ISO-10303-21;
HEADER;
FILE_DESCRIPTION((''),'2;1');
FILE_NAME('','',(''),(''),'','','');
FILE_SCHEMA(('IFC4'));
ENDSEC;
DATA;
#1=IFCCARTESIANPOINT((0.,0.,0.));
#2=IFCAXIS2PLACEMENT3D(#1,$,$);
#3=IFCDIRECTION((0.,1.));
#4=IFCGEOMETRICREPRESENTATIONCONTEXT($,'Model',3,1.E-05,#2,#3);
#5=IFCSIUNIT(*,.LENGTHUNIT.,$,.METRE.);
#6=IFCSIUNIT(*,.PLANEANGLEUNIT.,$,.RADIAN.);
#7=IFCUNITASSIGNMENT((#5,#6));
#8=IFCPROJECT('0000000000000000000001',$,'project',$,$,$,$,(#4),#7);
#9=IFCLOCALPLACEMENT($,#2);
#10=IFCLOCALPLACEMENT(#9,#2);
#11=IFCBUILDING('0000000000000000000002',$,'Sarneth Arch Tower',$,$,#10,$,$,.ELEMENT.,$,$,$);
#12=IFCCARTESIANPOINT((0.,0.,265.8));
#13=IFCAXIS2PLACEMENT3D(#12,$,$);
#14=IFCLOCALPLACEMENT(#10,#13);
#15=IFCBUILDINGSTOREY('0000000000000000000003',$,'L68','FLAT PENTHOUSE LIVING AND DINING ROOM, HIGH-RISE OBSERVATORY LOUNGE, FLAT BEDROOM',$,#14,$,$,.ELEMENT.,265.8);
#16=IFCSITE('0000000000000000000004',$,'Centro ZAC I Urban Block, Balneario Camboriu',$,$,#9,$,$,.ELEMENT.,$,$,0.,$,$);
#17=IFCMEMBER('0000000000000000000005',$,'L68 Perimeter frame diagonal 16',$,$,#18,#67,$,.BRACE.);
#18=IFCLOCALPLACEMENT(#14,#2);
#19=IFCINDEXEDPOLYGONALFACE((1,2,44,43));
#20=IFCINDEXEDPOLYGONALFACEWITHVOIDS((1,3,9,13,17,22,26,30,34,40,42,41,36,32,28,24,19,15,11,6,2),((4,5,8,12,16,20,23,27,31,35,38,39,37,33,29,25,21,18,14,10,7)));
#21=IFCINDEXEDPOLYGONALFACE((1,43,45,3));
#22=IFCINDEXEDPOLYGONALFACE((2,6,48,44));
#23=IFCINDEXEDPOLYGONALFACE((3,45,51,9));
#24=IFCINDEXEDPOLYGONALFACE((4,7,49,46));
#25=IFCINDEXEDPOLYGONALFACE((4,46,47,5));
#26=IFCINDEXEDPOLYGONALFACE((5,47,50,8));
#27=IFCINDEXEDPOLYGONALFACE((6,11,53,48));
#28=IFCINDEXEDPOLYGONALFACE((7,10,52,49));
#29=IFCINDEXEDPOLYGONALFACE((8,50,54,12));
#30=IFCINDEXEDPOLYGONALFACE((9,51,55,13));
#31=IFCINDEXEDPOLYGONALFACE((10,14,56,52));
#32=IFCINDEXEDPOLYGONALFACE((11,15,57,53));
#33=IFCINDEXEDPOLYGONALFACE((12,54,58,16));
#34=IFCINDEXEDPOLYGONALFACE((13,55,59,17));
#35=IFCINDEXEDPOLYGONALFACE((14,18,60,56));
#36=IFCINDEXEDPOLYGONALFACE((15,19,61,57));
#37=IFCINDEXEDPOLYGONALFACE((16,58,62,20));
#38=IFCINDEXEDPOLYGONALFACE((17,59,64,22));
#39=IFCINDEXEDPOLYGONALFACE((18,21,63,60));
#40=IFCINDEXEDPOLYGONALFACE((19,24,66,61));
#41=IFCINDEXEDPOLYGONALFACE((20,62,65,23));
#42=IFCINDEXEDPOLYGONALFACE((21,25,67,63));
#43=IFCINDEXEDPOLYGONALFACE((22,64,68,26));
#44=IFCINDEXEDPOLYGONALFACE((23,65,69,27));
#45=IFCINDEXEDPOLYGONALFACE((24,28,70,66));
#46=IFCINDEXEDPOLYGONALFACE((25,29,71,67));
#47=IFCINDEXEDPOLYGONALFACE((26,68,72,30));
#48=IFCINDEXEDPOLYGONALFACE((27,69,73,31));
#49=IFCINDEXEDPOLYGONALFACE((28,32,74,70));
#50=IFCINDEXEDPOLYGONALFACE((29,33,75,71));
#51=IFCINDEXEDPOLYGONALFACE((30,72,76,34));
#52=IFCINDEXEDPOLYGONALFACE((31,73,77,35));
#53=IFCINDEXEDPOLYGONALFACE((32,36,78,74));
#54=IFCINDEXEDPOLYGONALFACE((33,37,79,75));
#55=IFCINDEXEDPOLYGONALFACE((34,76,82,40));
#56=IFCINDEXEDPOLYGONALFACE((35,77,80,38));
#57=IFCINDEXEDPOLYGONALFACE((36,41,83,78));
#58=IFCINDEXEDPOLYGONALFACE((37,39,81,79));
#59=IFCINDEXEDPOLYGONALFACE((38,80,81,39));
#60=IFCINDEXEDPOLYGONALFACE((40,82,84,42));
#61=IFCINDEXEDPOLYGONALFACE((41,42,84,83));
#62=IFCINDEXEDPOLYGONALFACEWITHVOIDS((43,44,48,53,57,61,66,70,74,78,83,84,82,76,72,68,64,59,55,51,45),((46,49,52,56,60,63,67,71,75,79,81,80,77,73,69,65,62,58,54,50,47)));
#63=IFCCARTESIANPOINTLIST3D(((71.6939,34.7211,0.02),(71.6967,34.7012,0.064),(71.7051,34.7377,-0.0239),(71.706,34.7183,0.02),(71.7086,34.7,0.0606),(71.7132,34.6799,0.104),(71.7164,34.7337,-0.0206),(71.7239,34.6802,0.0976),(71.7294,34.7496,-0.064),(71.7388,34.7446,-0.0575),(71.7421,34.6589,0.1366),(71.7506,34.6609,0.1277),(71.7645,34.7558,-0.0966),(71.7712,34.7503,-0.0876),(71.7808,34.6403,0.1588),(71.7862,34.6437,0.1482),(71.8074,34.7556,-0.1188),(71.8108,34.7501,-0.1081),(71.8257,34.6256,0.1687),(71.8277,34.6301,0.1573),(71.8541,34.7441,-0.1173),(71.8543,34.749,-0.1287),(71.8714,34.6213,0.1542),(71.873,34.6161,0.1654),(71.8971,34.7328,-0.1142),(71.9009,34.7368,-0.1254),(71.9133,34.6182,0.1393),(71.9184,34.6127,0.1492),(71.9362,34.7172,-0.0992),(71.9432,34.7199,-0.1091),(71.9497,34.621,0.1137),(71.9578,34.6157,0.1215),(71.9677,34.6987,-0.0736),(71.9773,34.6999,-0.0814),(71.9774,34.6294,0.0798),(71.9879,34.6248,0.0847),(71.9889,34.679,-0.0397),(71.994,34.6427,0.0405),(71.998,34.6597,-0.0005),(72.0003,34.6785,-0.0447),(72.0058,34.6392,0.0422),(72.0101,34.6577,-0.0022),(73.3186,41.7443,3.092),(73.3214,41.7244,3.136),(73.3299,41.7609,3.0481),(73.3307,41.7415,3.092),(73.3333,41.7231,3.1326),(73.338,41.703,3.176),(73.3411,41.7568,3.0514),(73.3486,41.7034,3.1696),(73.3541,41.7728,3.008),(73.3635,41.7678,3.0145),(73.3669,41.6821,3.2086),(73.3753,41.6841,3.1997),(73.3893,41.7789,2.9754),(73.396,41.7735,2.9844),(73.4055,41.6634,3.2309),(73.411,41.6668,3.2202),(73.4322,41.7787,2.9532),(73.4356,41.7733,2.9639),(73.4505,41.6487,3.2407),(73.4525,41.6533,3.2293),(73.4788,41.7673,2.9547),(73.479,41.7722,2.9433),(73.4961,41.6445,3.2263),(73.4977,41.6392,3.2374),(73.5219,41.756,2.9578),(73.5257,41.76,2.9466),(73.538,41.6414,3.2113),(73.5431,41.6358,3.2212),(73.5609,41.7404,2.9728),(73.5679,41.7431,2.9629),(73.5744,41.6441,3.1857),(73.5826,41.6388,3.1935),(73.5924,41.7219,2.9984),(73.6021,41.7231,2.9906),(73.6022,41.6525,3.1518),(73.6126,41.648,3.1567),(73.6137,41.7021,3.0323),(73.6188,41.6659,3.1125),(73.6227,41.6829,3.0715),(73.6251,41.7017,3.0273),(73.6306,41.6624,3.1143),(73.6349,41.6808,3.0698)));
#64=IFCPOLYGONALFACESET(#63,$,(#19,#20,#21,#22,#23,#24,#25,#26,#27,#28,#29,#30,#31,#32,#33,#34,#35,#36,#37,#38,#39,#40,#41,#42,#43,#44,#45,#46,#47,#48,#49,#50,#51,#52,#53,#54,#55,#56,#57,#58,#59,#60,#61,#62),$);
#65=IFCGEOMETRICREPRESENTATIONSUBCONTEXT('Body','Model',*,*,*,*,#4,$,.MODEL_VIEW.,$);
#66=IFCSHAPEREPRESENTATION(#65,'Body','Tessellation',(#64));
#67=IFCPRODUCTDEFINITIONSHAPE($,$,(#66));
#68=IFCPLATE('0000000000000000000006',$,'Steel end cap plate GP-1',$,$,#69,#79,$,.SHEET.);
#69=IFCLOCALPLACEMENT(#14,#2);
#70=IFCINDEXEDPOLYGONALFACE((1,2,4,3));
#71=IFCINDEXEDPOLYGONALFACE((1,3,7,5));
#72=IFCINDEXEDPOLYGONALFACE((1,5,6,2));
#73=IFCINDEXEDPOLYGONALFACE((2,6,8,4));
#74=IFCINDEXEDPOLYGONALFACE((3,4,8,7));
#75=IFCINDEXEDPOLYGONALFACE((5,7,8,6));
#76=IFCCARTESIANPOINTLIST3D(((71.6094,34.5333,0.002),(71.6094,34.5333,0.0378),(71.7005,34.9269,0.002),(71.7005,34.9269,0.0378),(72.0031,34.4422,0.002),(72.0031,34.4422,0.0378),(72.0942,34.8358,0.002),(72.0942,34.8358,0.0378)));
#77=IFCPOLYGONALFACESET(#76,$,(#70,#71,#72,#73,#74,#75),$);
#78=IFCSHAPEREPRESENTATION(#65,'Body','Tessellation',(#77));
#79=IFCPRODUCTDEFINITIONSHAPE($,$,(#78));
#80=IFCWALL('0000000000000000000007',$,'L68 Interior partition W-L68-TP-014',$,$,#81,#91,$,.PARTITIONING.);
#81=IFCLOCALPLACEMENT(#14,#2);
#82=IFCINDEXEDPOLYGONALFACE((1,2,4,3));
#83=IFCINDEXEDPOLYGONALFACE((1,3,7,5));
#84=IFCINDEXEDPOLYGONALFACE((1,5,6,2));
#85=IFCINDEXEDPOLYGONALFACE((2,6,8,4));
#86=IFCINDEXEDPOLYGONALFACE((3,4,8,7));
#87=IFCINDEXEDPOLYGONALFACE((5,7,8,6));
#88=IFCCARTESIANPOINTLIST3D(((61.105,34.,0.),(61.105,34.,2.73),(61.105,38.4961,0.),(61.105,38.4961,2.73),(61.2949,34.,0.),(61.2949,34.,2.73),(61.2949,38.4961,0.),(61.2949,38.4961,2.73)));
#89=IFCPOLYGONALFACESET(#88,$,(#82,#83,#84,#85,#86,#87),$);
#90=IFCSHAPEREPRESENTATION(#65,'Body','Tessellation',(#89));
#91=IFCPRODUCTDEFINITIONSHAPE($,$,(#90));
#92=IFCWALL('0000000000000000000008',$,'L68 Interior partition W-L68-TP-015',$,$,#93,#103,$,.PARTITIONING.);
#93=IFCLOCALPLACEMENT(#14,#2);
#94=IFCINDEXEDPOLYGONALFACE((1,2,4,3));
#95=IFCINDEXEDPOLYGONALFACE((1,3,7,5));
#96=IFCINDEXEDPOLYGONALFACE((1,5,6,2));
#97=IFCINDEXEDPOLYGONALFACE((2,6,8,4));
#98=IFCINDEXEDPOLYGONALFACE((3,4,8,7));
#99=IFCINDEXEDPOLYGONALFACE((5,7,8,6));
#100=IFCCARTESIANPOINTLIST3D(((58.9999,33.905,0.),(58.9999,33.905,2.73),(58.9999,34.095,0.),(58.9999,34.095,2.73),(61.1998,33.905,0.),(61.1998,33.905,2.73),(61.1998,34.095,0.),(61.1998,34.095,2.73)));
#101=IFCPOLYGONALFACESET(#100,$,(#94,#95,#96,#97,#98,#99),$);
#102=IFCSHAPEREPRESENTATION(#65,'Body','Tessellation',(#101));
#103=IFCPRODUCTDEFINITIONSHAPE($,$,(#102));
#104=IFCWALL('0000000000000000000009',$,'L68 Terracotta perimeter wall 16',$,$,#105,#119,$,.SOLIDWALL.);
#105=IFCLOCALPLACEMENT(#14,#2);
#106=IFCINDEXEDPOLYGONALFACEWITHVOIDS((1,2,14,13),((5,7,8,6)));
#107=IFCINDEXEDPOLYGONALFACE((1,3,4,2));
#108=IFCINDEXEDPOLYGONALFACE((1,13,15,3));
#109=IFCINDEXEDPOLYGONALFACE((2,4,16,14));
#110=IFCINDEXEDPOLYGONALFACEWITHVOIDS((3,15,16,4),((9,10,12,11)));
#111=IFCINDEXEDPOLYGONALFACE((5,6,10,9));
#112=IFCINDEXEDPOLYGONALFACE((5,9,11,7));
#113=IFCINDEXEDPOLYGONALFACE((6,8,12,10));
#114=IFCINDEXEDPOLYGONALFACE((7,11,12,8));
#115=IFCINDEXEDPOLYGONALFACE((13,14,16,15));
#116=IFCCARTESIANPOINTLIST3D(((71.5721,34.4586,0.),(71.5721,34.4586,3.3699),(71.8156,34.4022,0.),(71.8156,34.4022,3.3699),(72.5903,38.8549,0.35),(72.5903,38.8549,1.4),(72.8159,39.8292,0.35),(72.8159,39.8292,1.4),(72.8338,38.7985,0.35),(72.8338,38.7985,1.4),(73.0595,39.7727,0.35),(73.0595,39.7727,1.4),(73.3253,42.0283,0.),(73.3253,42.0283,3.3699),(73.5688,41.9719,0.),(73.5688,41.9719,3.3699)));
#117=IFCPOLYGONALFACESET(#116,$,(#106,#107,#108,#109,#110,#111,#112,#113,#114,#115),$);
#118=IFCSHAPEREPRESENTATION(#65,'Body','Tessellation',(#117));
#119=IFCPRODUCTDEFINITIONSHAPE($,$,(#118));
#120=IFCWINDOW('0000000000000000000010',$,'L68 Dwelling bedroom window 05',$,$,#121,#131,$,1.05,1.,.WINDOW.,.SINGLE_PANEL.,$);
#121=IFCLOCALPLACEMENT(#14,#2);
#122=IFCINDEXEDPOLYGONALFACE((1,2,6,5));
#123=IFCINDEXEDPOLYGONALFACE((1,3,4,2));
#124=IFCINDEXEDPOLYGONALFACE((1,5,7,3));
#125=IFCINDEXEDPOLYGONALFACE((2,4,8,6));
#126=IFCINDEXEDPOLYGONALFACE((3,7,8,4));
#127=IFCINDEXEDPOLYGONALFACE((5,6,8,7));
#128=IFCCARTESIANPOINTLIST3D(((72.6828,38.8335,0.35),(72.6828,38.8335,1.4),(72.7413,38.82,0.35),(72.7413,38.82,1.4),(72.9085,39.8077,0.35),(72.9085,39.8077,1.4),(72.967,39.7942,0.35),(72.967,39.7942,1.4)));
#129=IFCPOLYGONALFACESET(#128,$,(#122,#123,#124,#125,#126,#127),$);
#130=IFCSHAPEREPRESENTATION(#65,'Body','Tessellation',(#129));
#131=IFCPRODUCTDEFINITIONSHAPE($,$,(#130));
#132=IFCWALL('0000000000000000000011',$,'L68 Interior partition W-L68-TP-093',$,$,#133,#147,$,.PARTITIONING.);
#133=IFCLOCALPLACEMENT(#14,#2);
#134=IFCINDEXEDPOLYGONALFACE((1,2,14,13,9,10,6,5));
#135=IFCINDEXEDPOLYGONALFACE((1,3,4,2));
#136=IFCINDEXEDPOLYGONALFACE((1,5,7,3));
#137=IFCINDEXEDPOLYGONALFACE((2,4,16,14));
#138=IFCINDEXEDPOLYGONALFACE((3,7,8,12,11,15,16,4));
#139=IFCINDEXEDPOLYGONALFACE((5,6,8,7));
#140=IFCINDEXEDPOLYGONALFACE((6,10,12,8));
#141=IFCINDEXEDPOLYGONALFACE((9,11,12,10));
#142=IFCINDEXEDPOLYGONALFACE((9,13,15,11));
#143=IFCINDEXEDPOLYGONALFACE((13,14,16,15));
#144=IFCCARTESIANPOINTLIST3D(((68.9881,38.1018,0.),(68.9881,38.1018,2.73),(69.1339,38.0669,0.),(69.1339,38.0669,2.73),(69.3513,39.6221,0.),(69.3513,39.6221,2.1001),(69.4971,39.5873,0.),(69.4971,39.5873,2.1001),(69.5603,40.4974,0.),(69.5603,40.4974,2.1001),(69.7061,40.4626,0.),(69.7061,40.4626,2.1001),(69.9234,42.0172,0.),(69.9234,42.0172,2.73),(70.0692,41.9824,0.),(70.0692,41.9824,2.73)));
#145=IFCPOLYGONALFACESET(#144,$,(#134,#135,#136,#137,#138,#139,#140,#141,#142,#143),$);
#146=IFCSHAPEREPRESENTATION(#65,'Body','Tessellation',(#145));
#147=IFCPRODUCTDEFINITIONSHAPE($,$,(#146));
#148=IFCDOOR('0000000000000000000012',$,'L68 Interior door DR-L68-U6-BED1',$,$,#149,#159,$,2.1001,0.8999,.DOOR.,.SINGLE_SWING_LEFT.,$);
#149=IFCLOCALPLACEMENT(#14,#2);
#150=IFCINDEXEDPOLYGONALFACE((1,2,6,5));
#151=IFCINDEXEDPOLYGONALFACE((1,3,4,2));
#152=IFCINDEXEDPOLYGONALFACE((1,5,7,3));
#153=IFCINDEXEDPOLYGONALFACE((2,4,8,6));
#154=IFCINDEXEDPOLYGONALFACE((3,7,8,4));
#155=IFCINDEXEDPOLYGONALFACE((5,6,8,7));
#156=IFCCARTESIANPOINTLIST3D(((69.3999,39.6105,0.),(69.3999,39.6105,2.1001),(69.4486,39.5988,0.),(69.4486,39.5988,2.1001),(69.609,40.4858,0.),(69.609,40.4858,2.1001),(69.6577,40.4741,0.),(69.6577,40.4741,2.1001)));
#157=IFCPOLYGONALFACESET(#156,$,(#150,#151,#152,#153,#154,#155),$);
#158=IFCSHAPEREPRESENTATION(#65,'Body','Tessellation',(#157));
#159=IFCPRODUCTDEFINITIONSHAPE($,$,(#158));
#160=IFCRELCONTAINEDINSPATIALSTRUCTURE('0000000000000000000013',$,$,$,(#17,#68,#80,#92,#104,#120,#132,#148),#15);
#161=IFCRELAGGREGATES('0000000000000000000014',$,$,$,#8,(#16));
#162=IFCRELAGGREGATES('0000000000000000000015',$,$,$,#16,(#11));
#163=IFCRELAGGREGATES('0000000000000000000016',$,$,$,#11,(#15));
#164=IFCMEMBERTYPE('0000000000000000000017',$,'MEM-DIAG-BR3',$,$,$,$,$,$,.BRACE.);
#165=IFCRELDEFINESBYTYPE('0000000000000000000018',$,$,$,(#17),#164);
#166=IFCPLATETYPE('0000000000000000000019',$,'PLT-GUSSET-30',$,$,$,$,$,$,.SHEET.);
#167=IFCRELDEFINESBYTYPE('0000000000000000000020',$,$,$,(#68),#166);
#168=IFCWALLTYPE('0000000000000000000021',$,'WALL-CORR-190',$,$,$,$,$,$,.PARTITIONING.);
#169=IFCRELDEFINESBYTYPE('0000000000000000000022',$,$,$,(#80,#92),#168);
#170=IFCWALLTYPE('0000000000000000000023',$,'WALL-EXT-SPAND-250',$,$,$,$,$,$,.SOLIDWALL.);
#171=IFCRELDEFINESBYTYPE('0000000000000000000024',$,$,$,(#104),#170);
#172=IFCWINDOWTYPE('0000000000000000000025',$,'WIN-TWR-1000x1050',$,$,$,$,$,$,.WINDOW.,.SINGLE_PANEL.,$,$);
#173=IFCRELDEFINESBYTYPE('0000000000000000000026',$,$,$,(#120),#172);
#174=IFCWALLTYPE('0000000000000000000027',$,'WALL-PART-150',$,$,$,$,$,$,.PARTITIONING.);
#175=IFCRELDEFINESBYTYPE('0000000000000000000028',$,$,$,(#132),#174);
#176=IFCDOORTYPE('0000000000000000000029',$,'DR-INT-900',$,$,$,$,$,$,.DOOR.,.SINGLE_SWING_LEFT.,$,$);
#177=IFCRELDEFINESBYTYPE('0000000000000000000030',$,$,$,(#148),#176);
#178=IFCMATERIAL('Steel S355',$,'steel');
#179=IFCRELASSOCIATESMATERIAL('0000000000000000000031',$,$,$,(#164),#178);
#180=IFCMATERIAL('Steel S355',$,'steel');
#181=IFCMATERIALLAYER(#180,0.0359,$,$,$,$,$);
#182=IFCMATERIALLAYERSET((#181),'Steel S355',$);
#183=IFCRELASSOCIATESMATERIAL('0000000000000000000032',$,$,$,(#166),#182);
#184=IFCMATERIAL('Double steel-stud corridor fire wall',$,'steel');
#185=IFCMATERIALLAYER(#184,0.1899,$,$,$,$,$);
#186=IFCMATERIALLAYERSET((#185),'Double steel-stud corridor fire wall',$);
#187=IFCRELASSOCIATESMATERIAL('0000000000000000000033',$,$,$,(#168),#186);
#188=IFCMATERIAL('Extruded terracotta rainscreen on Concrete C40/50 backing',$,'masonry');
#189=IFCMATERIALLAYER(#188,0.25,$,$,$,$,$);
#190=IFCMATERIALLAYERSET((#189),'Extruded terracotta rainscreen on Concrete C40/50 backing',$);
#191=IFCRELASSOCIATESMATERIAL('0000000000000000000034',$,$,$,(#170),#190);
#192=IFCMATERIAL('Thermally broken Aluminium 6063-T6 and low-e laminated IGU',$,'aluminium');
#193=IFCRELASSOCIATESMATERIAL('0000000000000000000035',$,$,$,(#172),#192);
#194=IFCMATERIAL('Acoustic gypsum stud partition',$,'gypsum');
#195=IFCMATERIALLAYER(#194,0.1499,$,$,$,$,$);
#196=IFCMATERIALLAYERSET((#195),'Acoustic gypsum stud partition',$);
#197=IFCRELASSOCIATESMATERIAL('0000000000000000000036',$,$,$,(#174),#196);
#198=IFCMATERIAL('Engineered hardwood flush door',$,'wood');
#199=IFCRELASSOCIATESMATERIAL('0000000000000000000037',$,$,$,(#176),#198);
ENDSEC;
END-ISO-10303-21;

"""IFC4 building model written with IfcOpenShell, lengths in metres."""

from ifc_helpers import new_model, si_unit, direction, frame, frame_2d, origin, origin_2d, place, context, subcontext, project, spatial, rectangle, hollow_circle, extrude, material, layer, layer_set, material_profile, profile_set, type_object, element, fill, save


model = new_model("IFC4")

# Units and contexts
model_context = context("Model", 3, precision=1e-05, world=origin(), true_north=direction((0.0, 1.0)))
body_context = subcontext(model_context, "Body", "Model", "MODEL_VIEW")
ifc_project = project(units=[si_unit("LENGTHUNIT", "METRE"), si_unit("PLANEANGLEUNIT", "RADIAN")], contexts=[model_context])

# Site, building, storey
site_placement = place(None, origin())
site = spatial("IfcSite", under=ifc_project, at=site_placement, Name="Centro ZAC I Urban Block, Balneario Camboriu", CompositionType="ELEMENT", RefElevation=0.0)
building_placement = place(site_placement, origin())
building = spatial("IfcBuilding", under=site, at=building_placement, Name="Sarneth Arch Tower", CompositionType="ELEMENT")
storey_placement = place(building_placement, frame((0.0, 0.0, 265.8)))
storey = spatial("IfcBuildingStorey", under=building, at=storey_placement, Name="L68", Description="FLAT PENTHOUSE LIVING AND DINING ROOM, HIGH-RISE OBSERVATORY LOUNGE, FLAT BEDROOM", CompositionType="ELEMENT", Elevation=265.8)

# Member
ifc_material_1 = material(Name="Steel S355", Category="steel")
ifc_material_profile_1 = material_profile(ifc_material_1, hollow_circle(Radius=0.1621, WallThickness=0.0125, at=origin_2d()), Name="CHS324x12.5")
ifc_profile_set_1 = profile_set([ifc_material_profile_1], Name="Steel S355")
member_type = type_object("IfcMemberType", Name="MEM-DIAG-BR3", PredefinedType="BRACE", material=ifc_profile_set_1)
member_placement = place(storey_placement, frame((71.8518, 34.6846, 0.02), z_axis=(0.207346, 0.896276, 0.392041), x_axis=(-0.974269, 0.225389, 0.0)))
element("IfcMember", 1, at=member_placement, inside=storey, type_object=member_type, Name="L68 Perimeter frame diagonal 16", PredefinedType="BRACE", context=body_context, shape_type="SweptSolid", body=[
    extrude(hollow_circle(Radius=0.1621, WallThickness=0.0125, at=origin_2d()), origin(), (0.0, 0.0, 1.0), 7.8359),
])

# Plate
ifc_material_2 = material(Name="Steel S355", Category="steel")
ifc_layer_1 = layer(ifc_material_2, 0.0359)
ifc_layer_set_1 = layer_set([ifc_layer_1], Name="Steel S355")
plate_type = type_object("IfcPlateType", Name="PLT-GUSSET-30", PredefinedType="SHEET", material=ifc_layer_set_1)
plate_placement = place(storey_placement, frame((71.8518, 34.6846, 0.002), z_axis=(0.0, 0.0, 1.0), x_axis=(0.225461, 0.974252, 0.0)))
element("IfcPlate", 2, at=plate_placement, inside=storey, type_object=plate_type, Name="Steel end cap plate GP-1", PredefinedType="SHEET", context=body_context, shape_type="SweptSolid", body=[
    extrude(rectangle(XDim=0.4041, YDim=0.4041, at=origin_2d()), origin(), (0.0, 0.0, 1.0), 0.0359),
])

# Walls
ifc_material_3 = material(Name="Double steel-stud corridor fire wall", Category="steel")
ifc_layer_2 = layer(ifc_material_3, 0.1899)
ifc_layer_set_2 = layer_set([ifc_layer_2], Name="Double steel-stud corridor fire wall")
wall_type_1 = type_object("IfcWallType", Name="WALL-CORR-190", PredefinedType="PARTITIONING", material=ifc_layer_set_2)
wall_1_placement = place(storey_placement, frame((61.2, 38.4961, 0.0), z_axis=(0.0, 0.0, 1.0), x_axis=(0.0, -1.0, 0.0)))
element("IfcWall", 3, at=wall_1_placement, inside=storey, type_object=wall_type_1, Name="L68 Interior partition W-L68-TP-014", PredefinedType="PARTITIONING", context=body_context, shape_type="SweptSolid", body=[
    extrude(rectangle(XDim=4.4961, YDim=0.1899, at=frame_2d((2.248, 0.0))), origin(), (0.0, 0.0, 1.0), 2.73),
])
wall_2_placement = place(storey_placement, frame((61.2, 34.0, 0.0), z_axis=(0.0, 0.0, 1.0), x_axis=(-1.0, 0.0, 0.0)))
element("IfcWall", 4, at=wall_2_placement, inside=storey, type_object=wall_type_1, Name="L68 Interior partition W-L68-TP-015", PredefinedType="PARTITIONING", context=body_context, shape_type="SweptSolid", body=[
    extrude(rectangle(XDim=2.2, YDim=0.1899, at=frame_2d((1.1001, 0.0))), origin(), (0.0, 0.0, 1.0), 2.73),
])

# Wall, opening, window
ifc_material_4 = material(Name="Extruded terracotta rainscreen on Concrete C40/50 backing", Category="masonry")
ifc_layer_3 = layer(ifc_material_4, 0.25)
ifc_layer_set_3 = layer_set([ifc_layer_3], Name="Extruded terracotta rainscreen on Concrete C40/50 backing")
wall_type_2 = type_object("IfcWallType", Name="WALL-EXT-SPAND-250", PredefinedType="SOLIDWALL", material=ifc_layer_set_3)
wall_3_placement = place(storey_placement, frame((71.6938, 34.4304, 0.0), z_axis=(0.0, 0.0, 1.0), x_axis=(0.225635, 0.974212, 0.0)))
wall_3 = element("IfcWall", 5, at=wall_3_placement, inside=storey, type_object=wall_type_2, Name="L68 Terracotta perimeter wall 16", PredefinedType="SOLIDWALL", context=body_context, shape_type="SweptSolid", body=[
    extrude(rectangle(XDim=7.77, YDim=0.25, at=frame_2d((3.885, 0.0))), origin(), (0.0, 0.0, 1.0), 3.3699),
])
opening_1_placement = place(wall_3_placement, frame((4.5127, 0.0, 0.3501)))
opening_1 = element("IfcOpeningElement", 6, at=opening_1_placement, cuts=wall_3, PredefinedType="OPENING", context=body_context, shape_type="SweptSolid", body=[
    extrude(rectangle(XDim=1.0, YDim=1.05, at=frame_2d((0.5, 0.5249))), frame((0.0, 0.135, 0.0), z_axis=(0.0, -1.0, 0.0), x_axis=(1.0, 0.0, 0.0)), (0.0, 0.0, 1.0), 0.27),
])
ifc_material_5 = material(Name="Thermally broken Aluminium 6063-T6 and low-e laminated IGU", Category="aluminium")
window_type = type_object("IfcWindowType", Name="WIN-TWR-1000x1050", PartitioningType="SINGLE_PANEL", PredefinedType="WINDOW", material=ifc_material_5)
window_placement = place(opening_1_placement, origin())
window = element("IfcWindow", 7, at=window_placement, inside=storey, type_object=window_type, Name="L68 Dwelling bedroom window 05", OverallHeight=1.05, OverallWidth=1.0, PartitioningType="SINGLE_PANEL", PredefinedType="WINDOW", context=body_context, shape_type="SweptSolid", body=[
    extrude(rectangle(XDim=1.0, YDim=1.05, at=frame_2d((0.5, 0.5249))), frame((0.0, 0.03, 0.0), z_axis=(0.0, -1.0, 0.0), x_axis=(1.0, 0.0, 0.0)), (0.0, 0.0, 1.0), 0.0601),
])
fill(opening_1, window)

# Wall, opening, door
ifc_material_6 = material(Name="Acoustic gypsum stud partition", Category="gypsum")
ifc_layer_4 = layer(ifc_material_6, 0.1499)
ifc_layer_set_4 = layer_set([ifc_layer_4], Name="Acoustic gypsum stud partition")
wall_type_3 = type_object("IfcWallType", Name="WALL-PART-150", PredefinedType="PARTITIONING", material=ifc_layer_set_4)
wall_4_placement = place(storey_placement, frame((69.061, 38.0845, 0.0), z_axis=(0.0, 0.0, 1.0), x_axis=(0.232334, 0.972636, 0.0)))
wall_4 = element("IfcWall", 8, at=wall_4_placement, inside=storey, type_object=wall_type_3, Name="L68 Interior partition W-L68-TP-093", PredefinedType="PARTITIONING", context=body_context, shape_type="SweptSolid", body=[
    extrude(rectangle(XDim=4.0256, YDim=0.1499, at=frame_2d((2.0127, 0.0))), origin(), (0.0, 0.0, 1.0), 2.73),
])
opening_2_placement = place(wall_4_placement, frame((1.563, 0.0, 0.0)))
opening_2 = element("IfcOpeningElement", 9, at=opening_2_placement, cuts=wall_4, PredefinedType="OPENING", context=body_context, shape_type="SweptSolid", body=[
    extrude(rectangle(XDim=0.8999, YDim=2.1001, at=frame_2d((0.45, 1.05))), frame((0.0, 0.085, 0.0), z_axis=(0.0, -1.0, 0.0), x_axis=(1.0, 0.0, 0.0)), (0.0, 0.0, 1.0), 0.1699),
])
ifc_material_7 = material(Name="Engineered hardwood flush door", Category="wood")
door_type_1 = type_object("IfcDoorType", Name="DR-INT-900", OperationType="SINGLE_SWING_LEFT", PredefinedType="DOOR", material=ifc_material_7)
door_1_placement = place(opening_2_placement, origin())
door_1 = element("IfcDoor", 10, at=door_1_placement, inside=storey, type_object=door_type_1, Name="L68 Interior door DR-L68-U6-BED1", OperationType="SINGLE_SWING_LEFT", OverallHeight=2.1001, OverallWidth=0.8999, PredefinedType="DOOR", context=body_context, shape_type="SweptSolid", body=[
    extrude(rectangle(XDim=0.8999, YDim=2.1001, at=frame_2d((0.45, 1.05))), frame((0.0, 0.0249, 0.0), z_axis=(0.0, -1.0, 0.0), x_axis=(1.0, 0.0, 0.0)), (0.0, 0.0, 1.0), 0.05),
])
fill(opening_2, door_1)

save(model, "model.ifc")
